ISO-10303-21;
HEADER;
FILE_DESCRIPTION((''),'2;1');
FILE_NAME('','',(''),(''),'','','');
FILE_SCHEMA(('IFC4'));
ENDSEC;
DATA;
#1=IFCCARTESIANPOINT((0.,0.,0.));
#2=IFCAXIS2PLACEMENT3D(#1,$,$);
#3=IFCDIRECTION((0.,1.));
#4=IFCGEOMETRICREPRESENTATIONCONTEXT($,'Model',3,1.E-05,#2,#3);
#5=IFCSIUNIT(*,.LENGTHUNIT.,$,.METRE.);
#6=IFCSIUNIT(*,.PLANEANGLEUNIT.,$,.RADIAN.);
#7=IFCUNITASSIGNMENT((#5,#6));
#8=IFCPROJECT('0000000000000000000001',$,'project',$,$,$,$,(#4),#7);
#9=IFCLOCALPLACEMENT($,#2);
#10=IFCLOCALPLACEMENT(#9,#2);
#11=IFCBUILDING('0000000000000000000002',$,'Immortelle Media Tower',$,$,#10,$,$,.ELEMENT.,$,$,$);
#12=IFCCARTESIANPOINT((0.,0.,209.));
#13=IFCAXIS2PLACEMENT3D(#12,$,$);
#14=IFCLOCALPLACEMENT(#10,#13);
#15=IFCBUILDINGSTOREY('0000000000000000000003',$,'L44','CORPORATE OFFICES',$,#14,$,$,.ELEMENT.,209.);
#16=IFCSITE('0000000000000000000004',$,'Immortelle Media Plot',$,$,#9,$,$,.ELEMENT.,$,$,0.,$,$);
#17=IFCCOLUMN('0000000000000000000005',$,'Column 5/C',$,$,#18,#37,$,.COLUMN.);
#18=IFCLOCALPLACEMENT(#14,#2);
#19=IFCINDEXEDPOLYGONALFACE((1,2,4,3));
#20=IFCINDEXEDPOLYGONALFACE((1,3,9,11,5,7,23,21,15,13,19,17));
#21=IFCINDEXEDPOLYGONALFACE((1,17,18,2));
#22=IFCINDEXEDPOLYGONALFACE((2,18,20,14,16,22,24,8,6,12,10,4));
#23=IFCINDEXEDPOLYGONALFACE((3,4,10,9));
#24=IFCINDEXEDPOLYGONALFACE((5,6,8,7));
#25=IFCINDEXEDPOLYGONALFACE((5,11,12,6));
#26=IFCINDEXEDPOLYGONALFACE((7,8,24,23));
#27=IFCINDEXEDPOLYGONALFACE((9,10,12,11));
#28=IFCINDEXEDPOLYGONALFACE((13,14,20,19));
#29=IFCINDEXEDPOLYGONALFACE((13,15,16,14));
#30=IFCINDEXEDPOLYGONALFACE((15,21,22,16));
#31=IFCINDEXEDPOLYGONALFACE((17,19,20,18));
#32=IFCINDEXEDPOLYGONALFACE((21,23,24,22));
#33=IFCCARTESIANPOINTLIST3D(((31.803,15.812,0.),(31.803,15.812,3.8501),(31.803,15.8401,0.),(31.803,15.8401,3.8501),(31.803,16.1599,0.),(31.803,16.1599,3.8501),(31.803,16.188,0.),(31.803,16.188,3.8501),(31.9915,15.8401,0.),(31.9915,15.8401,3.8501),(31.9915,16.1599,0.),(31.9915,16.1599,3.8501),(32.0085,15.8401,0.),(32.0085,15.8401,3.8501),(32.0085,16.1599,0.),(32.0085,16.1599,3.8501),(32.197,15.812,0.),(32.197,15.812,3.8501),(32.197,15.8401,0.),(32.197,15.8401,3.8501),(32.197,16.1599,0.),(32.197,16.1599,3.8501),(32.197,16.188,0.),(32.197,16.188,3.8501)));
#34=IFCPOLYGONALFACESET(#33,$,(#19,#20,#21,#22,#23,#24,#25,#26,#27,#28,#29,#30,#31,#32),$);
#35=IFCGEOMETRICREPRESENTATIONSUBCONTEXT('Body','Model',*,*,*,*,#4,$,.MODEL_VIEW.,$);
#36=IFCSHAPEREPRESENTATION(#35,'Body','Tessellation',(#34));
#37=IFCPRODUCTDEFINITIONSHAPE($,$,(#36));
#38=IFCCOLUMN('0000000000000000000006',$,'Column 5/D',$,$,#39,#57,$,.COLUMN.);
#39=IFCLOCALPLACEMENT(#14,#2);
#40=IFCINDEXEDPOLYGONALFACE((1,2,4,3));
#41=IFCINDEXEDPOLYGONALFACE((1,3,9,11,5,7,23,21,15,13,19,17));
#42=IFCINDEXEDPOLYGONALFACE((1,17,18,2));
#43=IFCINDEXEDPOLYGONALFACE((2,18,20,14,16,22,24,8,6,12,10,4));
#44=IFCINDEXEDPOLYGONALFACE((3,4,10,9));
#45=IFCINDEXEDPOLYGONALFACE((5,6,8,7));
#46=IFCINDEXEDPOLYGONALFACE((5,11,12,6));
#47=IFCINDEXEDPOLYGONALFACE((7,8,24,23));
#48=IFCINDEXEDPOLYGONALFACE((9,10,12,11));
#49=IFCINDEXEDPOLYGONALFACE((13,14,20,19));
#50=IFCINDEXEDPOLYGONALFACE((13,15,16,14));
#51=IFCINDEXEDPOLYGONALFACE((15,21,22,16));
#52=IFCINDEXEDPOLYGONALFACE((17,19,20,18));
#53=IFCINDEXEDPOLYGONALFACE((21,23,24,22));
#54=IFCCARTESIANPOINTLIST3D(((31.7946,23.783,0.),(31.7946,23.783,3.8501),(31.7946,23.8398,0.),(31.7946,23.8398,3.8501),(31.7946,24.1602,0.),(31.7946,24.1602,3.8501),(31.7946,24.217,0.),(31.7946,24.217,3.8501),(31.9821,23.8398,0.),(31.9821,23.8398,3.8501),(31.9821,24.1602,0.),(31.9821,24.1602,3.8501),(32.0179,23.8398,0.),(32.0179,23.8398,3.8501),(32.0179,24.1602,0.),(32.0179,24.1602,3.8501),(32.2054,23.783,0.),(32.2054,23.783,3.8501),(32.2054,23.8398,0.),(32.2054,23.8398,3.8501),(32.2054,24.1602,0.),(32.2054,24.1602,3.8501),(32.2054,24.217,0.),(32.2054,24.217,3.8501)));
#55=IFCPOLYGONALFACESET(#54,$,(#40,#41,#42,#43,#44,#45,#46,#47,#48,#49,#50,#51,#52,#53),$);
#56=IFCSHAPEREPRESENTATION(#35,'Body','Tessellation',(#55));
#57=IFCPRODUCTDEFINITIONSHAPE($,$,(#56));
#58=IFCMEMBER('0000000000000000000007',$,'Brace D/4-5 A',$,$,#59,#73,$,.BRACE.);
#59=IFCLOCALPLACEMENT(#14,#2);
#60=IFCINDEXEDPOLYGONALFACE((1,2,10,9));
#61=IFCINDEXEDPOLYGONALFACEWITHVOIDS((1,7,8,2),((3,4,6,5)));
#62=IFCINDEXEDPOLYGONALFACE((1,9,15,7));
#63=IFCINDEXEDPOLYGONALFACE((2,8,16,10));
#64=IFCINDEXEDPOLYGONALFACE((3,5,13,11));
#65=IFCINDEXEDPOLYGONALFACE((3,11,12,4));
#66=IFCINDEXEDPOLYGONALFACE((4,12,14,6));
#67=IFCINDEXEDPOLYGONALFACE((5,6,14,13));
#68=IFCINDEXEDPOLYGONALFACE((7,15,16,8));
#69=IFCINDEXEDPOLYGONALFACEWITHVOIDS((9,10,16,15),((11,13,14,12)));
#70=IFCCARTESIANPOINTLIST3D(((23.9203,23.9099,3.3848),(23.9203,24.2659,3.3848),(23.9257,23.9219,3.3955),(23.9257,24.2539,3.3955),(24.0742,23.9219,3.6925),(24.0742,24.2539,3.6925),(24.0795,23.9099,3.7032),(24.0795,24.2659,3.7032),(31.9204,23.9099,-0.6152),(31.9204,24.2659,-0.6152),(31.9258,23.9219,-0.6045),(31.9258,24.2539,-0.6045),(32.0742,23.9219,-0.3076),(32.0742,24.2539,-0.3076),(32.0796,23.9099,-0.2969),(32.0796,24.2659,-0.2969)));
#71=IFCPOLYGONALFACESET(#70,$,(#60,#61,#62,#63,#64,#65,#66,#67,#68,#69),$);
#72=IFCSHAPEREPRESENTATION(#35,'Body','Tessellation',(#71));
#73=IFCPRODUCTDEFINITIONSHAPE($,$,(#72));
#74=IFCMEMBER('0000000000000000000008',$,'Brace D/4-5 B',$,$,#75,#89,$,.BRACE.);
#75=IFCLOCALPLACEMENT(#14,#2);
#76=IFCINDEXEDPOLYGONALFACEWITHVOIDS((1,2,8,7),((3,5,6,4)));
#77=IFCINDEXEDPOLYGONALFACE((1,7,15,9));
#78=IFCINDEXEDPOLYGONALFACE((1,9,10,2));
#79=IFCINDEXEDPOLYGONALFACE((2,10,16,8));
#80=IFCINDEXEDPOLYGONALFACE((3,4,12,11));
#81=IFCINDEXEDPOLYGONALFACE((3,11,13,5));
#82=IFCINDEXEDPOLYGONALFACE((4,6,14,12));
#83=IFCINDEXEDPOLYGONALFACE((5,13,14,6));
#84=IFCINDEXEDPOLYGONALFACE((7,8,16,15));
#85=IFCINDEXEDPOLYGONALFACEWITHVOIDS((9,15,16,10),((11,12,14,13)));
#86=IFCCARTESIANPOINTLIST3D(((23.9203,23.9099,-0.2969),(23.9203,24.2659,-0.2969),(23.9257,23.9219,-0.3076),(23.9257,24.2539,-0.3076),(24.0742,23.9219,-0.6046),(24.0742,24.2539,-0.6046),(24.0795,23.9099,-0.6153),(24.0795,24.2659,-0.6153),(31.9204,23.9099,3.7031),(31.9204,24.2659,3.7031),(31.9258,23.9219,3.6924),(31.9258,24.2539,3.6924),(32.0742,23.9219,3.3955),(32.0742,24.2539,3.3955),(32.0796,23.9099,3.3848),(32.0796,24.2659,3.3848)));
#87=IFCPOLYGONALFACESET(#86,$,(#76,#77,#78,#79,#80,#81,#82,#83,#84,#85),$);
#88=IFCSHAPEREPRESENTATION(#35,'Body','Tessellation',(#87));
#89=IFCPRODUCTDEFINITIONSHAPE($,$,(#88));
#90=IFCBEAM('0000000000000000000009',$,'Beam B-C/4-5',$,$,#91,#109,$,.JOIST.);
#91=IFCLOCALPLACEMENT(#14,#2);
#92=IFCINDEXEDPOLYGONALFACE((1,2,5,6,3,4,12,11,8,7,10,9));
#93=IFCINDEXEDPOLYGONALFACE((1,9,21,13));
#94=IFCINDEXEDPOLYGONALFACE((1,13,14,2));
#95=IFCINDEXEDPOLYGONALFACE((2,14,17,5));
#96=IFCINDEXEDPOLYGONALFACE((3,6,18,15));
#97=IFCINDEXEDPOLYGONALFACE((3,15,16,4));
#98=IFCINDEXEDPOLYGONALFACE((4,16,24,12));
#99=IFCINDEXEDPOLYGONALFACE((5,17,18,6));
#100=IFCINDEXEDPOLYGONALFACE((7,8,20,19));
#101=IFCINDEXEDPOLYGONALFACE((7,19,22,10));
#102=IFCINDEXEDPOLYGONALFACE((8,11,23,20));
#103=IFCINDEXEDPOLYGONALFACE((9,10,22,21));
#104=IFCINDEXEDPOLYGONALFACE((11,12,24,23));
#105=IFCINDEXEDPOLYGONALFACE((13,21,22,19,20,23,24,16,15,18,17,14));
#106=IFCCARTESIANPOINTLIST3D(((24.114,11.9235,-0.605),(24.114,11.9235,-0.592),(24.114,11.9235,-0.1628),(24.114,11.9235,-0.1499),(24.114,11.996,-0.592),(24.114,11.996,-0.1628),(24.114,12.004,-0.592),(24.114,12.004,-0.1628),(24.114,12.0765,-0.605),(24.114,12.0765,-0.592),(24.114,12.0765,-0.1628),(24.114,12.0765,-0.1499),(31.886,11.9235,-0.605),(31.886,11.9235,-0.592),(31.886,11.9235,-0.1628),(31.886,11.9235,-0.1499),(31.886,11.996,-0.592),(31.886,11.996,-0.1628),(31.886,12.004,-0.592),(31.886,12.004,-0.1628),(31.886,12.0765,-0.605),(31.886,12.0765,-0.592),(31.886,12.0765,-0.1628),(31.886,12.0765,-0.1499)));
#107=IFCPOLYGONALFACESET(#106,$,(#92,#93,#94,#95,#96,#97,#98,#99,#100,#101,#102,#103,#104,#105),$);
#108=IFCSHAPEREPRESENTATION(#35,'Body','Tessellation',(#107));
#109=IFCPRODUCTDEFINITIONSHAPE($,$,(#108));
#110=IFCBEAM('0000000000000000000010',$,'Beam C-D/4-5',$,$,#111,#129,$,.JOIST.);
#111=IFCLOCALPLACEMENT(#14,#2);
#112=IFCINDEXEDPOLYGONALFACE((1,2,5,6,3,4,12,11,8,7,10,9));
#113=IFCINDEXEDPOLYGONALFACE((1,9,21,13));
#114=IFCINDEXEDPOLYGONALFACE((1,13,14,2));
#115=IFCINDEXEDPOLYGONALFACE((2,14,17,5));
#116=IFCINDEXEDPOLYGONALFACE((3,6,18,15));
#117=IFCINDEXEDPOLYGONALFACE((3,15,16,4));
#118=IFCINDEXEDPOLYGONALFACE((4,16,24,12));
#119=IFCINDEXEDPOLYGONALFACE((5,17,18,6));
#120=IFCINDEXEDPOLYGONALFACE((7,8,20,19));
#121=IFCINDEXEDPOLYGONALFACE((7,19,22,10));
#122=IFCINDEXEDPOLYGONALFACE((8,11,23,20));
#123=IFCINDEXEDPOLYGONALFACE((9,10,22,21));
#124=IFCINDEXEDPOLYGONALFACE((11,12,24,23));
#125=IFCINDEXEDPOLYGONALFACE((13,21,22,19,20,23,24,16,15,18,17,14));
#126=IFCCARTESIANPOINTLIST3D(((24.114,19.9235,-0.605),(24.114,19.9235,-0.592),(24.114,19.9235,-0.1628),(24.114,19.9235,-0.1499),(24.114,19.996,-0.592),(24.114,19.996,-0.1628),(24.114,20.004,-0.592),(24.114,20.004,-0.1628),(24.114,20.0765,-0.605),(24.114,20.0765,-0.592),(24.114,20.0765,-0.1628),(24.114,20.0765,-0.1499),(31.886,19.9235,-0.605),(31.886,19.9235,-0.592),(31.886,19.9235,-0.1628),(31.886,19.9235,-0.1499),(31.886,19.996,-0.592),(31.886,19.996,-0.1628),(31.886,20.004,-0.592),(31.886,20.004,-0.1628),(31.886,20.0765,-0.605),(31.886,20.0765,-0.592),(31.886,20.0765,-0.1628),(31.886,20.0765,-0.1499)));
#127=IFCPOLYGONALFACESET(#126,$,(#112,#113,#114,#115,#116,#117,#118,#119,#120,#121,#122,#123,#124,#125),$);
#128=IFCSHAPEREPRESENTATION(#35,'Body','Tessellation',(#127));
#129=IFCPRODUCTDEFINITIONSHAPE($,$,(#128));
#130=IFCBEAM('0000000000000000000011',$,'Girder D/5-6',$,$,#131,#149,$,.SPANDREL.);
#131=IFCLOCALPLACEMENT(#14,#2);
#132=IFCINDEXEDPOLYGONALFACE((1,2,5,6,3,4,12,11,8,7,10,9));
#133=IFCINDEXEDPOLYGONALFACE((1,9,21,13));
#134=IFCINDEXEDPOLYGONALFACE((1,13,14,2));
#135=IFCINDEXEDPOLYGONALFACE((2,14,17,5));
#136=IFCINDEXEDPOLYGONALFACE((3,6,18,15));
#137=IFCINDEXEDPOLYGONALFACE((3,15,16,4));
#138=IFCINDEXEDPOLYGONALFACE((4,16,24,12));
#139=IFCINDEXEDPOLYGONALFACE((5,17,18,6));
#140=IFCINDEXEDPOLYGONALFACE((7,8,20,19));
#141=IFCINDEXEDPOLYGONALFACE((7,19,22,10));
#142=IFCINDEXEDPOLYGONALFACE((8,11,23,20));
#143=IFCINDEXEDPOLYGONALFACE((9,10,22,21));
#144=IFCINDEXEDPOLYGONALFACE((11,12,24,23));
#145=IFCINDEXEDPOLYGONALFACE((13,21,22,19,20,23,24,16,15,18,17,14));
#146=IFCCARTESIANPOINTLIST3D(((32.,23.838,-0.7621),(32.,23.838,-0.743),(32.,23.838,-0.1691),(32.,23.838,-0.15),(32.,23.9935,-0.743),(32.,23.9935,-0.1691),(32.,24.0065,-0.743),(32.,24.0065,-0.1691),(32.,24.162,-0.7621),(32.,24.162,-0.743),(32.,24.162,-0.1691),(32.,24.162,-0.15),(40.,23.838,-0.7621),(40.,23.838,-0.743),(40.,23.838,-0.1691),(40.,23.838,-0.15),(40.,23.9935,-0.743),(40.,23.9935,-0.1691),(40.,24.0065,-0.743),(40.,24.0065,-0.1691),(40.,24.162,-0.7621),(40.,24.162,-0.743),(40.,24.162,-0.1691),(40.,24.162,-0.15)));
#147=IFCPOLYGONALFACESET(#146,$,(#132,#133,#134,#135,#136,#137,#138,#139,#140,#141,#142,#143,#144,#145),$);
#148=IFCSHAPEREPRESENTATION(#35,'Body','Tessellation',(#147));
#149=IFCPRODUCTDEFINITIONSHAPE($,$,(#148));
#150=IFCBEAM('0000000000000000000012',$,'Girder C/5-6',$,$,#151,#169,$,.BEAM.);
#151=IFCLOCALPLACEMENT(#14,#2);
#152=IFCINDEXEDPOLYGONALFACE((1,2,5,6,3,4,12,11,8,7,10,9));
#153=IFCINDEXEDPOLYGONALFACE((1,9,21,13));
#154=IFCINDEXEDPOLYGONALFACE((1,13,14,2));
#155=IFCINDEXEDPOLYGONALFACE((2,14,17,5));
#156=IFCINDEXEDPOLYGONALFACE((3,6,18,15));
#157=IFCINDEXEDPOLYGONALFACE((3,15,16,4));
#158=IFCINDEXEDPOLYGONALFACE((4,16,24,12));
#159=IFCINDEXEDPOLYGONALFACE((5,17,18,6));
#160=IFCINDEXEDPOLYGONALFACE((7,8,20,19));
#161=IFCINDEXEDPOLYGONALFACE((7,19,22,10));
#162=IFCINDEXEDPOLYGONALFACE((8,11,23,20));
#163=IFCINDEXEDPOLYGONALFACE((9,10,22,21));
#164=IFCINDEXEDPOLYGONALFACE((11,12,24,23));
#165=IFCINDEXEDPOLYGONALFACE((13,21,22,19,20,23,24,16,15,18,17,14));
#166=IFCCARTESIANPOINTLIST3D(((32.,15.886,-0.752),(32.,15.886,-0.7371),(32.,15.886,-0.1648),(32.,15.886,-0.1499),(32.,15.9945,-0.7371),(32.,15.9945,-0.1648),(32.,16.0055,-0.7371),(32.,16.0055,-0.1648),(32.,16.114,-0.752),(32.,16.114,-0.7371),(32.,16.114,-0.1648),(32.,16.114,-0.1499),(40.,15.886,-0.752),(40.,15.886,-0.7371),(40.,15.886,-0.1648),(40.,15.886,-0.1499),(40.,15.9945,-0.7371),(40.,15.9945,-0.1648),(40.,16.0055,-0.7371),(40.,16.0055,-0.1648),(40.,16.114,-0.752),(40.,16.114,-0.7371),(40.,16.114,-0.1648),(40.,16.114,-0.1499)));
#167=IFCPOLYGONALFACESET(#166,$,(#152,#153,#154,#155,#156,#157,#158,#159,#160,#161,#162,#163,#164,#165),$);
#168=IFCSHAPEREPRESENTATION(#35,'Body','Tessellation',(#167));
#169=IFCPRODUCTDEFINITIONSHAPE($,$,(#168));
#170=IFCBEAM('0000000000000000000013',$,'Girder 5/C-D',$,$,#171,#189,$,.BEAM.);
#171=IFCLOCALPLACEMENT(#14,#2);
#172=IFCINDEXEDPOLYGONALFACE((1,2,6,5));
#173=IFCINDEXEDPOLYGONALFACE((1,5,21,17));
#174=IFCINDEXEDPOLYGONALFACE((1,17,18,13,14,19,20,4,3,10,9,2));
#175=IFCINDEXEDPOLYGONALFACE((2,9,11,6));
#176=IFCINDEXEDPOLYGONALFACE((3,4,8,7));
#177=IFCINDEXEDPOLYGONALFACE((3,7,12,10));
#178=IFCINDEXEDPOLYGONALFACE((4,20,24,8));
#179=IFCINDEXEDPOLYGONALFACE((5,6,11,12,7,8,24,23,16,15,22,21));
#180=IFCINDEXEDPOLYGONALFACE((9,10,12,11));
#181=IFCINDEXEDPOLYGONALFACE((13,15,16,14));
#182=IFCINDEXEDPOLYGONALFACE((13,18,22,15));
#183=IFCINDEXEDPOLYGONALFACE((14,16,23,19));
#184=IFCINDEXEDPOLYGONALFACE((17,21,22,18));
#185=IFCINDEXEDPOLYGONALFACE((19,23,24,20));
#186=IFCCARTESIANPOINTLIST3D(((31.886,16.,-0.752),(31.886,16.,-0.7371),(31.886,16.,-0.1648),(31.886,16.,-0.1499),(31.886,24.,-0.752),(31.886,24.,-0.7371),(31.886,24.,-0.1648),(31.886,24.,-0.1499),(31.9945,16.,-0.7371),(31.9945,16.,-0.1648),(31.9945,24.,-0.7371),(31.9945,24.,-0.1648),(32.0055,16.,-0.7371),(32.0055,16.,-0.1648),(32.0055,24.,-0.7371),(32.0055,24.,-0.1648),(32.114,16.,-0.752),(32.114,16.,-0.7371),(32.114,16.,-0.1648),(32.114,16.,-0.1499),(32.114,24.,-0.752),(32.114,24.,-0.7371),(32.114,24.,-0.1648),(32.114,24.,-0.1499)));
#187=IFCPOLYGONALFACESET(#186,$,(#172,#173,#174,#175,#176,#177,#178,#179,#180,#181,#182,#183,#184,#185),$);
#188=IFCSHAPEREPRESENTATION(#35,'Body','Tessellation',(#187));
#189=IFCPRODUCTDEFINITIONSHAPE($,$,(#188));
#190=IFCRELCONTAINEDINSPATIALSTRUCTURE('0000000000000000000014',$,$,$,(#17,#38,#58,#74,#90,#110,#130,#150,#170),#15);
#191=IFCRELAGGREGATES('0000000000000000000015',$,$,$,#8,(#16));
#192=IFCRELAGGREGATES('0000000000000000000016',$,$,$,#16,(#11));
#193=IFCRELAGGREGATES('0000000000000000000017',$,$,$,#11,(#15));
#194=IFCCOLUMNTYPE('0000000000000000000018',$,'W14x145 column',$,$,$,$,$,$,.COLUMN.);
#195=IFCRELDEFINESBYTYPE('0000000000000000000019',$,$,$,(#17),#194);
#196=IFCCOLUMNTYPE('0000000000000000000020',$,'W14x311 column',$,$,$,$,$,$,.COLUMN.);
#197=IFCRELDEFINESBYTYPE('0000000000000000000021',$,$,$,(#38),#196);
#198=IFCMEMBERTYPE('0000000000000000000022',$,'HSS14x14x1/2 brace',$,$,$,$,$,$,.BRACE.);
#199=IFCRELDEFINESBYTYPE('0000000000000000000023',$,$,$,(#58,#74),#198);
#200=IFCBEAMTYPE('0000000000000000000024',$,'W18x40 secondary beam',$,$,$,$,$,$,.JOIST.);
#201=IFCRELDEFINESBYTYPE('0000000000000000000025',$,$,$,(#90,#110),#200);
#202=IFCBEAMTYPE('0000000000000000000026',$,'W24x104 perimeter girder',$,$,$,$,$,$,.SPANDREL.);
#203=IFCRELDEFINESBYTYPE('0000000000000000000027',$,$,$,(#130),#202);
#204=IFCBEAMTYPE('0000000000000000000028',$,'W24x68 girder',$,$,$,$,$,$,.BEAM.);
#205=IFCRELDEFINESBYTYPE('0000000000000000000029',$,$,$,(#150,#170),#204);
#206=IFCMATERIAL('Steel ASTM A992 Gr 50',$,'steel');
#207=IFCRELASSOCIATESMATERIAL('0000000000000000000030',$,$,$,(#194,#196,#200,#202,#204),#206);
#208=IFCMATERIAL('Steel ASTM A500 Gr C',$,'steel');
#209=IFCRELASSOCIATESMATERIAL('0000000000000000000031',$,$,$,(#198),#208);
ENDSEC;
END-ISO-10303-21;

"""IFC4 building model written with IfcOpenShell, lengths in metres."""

from ifc_helpers import new_model, si_unit, direction, frame, origin, origin_2d, place, context, subcontext, project, spatial, hollow_rectangle, i_section, extrude, material, material_profile, profile_set, type_object, element, save


model = new_model("IFC4")

# Units and contexts
model_context = context("Model", 3, precision=1e-05, world=origin(), true_north=direction((0.0, 1.0)))
body_context = subcontext(model_context, "Body", "Model", "MODEL_VIEW")
ifc_project = project(units=[si_unit("LENGTHUNIT", "METRE"), si_unit("PLANEANGLEUNIT", "RADIAN")], contexts=[model_context])

# Site, building, storey
site_placement = place(None, origin())
site = spatial("IfcSite", under=ifc_project, at=site_placement, Name="Immortelle Media Plot", CompositionType="ELEMENT", RefElevation=0.0)
building_placement = place(site_placement, origin())
building = spatial("IfcBuilding", under=site, at=building_placement, Name="Immortelle Media Tower", CompositionType="ELEMENT")
storey_placement = place(building_placement, frame((0.0, 0.0, 209.0)))
storey = spatial("IfcBuildingStorey", under=building, at=storey_placement, Name="L44", Description="CORPORATE OFFICES", CompositionType="ELEMENT", Elevation=209.0)

# Columns
ifc_material_1 = material(Name="Steel ASTM A992 Gr 50", Category="steel")
ifc_material_profile_1 = material_profile(ifc_material_1, i_section(OverallWidth=0.394, OverallDepth=0.376, WebThickness=0.0171, FlangeThickness=0.0281, at=origin_2d()), Name="W14x145")
ifc_profile_set_1 = profile_set([ifc_material_profile_1], Name="Steel ASTM A992 Gr 50")
column_type_1 = type_object("IfcColumnType", Name="W14x145 column", PredefinedType="COLUMN", material=ifc_profile_set_1)
column_1_placement = place(storey_placement, frame((32.0, 16.0, 0.0), z_axis=(0.0, 0.0, 1.0), x_axis=(1.0, 0.0, 0.0)))
element("IfcColumn", 1, at=column_1_placement, inside=storey, type_object=column_type_1, Name="Column 5/C", PredefinedType="COLUMN", context=body_context, shape_type="SweptSolid", body=[
    extrude(i_section(OverallWidth=0.394, OverallDepth=0.376, WebThickness=0.0171, FlangeThickness=0.0281, at=origin_2d()), origin(), (0.0, 0.0, 1.0), 3.8501),
])
ifc_material_profile_2 = material_profile(ifc_material_1, i_section(OverallWidth=0.4109, OverallDepth=0.4341, WebThickness=0.0359, FlangeThickness=0.0569, at=origin_2d()), Name="W14x311")
ifc_profile_set_2 = profile_set([ifc_material_profile_2], Name="Steel ASTM A992 Gr 50")
column_type_2 = type_object("IfcColumnType", Name="W14x311 column", PredefinedType="COLUMN", material=ifc_profile_set_2)
column_2_placement = place(storey_placement, frame((32.0, 24.0, 0.0), z_axis=(0.0, 0.0, 1.0), x_axis=(1.0, 0.0, 0.0)))
element("IfcColumn", 2, at=column_2_placement, inside=storey, type_object=column_type_2, Name="Column 5/D", PredefinedType="COLUMN", context=body_context, shape_type="SweptSolid", body=[
    extrude(i_section(OverallWidth=0.4109, OverallDepth=0.4341, WebThickness=0.0359, FlangeThickness=0.0569, at=origin_2d()), origin(), (0.0, 0.0, 1.0), 3.8501),
])

# Members
ifc_material_2 = material(Name="Steel ASTM A500 Gr C", Category="steel")
ifc_material_profile_3 = material_profile(ifc_material_2, hollow_rectangle(XDim=0.356, YDim=0.356, WallThickness=0.012, at=origin_2d()), Name="HSS14x14x1/2 brace")
ifc_profile_set_3 = profile_set([ifc_material_profile_3], Name="Steel ASTM A500 Gr C")
member_type = type_object("IfcMemberType", Name="HSS14x14x1/2 brace", PredefinedType="BRACE", material=ifc_profile_set_3)
for number, where, z_axis, x_axis, name in (
    (3, (32.0, 24.0879, -0.4561), (-0.894427, 0.0, 0.447214), (0.0, -1.0, 0.0), "Brace D/4-5 A"),
    (4, (32.0, 24.0879, 3.5439), (-0.894427, 0.0, -0.447214), (0.0, -1.0, 0.0), "Brace D/4-5 B"),
):
    element("IfcMember", number, at=place(storey_placement, frame(where, z_axis=z_axis, x_axis=x_axis)), inside=storey, type_object=member_type, Name=name, PredefinedType="BRACE", context=body_context, shape_type="SweptSolid", body=[
        extrude(hollow_rectangle(XDim=0.356, YDim=0.356, WallThickness=0.012, at=origin_2d()), origin(), (0.0, 0.0, 1.0), 8.9443),
    ])

# Beams
ifc_material_profile_4 = material_profile(ifc_material_1, i_section(OverallWidth=0.1531, OverallDepth=0.4551, WebThickness=0.0081, FlangeThickness=0.0129, at=origin_2d()), Name="W18x40")
ifc_profile_set_4 = profile_set([ifc_material_profile_4], Name="Steel ASTM A992 Gr 50")
beam_type_1 = type_object("IfcBeamType", Name="W18x40 secondary beam", PredefinedType="JOIST", material=ifc_profile_set_4)
for number, where, z_axis, x_axis, name in (
    (5, (24.114, 12.0, -0.3774), (1.0, 0.0, 0.0), (0.0, 1.0, 0.0), "Beam B-C/4-5"),
    (6, (24.114, 20.0, -0.3774), (1.0, 0.0, 0.0), (0.0, 1.0, 0.0), "Beam C-D/4-5"),
):
    element("IfcBeam", number, at=place(storey_placement, frame(where, z_axis=z_axis, x_axis=x_axis)), inside=storey, type_object=beam_type_1, Name=name, PredefinedType="JOIST", context=body_context, shape_type="SweptSolid", body=[
        extrude(i_section(OverallWidth=0.1531, OverallDepth=0.4551, WebThickness=0.0081, FlangeThickness=0.0129, at=origin_2d()), origin(), (0.0, 0.0, 1.0), 7.772),
    ])
ifc_material_profile_5 = material_profile(ifc_material_1, i_section(OverallWidth=0.324, OverallDepth=0.6121, WebThickness=0.0129, FlangeThickness=0.019, at=origin_2d()), Name="W24x104")
ifc_profile_set_5 = profile_set([ifc_material_profile_5], Name="Steel ASTM A992 Gr 50")
beam_type_2 = type_object("IfcBeamType", Name="W24x104 perimeter girder", PredefinedType="SPANDREL", material=ifc_profile_set_5)
beam_placement = place(storey_placement, frame((32.0, 24.0, -0.4561), z_axis=(1.0, 0.0, 0.0), x_axis=(0.0, 1.0, 0.0)))
element("IfcBeam", 7, at=beam_placement, inside=storey, type_object=beam_type_2, Name="Girder D/5-6", PredefinedType="SPANDREL", context=body_context, shape_type="SweptSolid", body=[
    extrude(i_section(OverallWidth=0.324, OverallDepth=0.6121, WebThickness=0.0129, FlangeThickness=0.019, at=origin_2d()), origin(), (0.0, 0.0, 1.0), 8.0),
])
ifc_material_profile_6 = material_profile(ifc_material_1, i_section(OverallWidth=0.228, OverallDepth=0.6021, WebThickness=0.011, FlangeThickness=0.0149, at=origin_2d()), Name="W24x68")
ifc_profile_set_6 = profile_set([ifc_material_profile_6], Name="Steel ASTM A992 Gr 50")
beam_type_3 = type_object("IfcBeamType", Name="W24x68 girder", PredefinedType="BEAM", material=ifc_profile_set_6)
for number, where, z_axis, x_axis, name in (
    (8, (32.0, 16.0, -0.4509), (1.0, 0.0, 0.0), (0.0, 1.0, 0.0), "Girder C/5-6"),
    (9, (32.0, 16.0, -0.4509), (0.0, 1.0, 0.0), (-1.0, 0.0, 0.0), "Girder 5/C-D"),
):
    element("IfcBeam", number, at=place(storey_placement, frame(where, z_axis=z_axis, x_axis=x_axis)), inside=storey, type_object=beam_type_3, Name=name, PredefinedType="BEAM", context=body_context, shape_type="SweptSolid", body=[
        extrude(i_section(OverallWidth=0.228, OverallDepth=0.6021, WebThickness=0.011, FlangeThickness=0.0149, at=origin_2d()), origin(), (0.0, 0.0, 1.0), 8.0),
    ])

save(model, "model.ifc")
